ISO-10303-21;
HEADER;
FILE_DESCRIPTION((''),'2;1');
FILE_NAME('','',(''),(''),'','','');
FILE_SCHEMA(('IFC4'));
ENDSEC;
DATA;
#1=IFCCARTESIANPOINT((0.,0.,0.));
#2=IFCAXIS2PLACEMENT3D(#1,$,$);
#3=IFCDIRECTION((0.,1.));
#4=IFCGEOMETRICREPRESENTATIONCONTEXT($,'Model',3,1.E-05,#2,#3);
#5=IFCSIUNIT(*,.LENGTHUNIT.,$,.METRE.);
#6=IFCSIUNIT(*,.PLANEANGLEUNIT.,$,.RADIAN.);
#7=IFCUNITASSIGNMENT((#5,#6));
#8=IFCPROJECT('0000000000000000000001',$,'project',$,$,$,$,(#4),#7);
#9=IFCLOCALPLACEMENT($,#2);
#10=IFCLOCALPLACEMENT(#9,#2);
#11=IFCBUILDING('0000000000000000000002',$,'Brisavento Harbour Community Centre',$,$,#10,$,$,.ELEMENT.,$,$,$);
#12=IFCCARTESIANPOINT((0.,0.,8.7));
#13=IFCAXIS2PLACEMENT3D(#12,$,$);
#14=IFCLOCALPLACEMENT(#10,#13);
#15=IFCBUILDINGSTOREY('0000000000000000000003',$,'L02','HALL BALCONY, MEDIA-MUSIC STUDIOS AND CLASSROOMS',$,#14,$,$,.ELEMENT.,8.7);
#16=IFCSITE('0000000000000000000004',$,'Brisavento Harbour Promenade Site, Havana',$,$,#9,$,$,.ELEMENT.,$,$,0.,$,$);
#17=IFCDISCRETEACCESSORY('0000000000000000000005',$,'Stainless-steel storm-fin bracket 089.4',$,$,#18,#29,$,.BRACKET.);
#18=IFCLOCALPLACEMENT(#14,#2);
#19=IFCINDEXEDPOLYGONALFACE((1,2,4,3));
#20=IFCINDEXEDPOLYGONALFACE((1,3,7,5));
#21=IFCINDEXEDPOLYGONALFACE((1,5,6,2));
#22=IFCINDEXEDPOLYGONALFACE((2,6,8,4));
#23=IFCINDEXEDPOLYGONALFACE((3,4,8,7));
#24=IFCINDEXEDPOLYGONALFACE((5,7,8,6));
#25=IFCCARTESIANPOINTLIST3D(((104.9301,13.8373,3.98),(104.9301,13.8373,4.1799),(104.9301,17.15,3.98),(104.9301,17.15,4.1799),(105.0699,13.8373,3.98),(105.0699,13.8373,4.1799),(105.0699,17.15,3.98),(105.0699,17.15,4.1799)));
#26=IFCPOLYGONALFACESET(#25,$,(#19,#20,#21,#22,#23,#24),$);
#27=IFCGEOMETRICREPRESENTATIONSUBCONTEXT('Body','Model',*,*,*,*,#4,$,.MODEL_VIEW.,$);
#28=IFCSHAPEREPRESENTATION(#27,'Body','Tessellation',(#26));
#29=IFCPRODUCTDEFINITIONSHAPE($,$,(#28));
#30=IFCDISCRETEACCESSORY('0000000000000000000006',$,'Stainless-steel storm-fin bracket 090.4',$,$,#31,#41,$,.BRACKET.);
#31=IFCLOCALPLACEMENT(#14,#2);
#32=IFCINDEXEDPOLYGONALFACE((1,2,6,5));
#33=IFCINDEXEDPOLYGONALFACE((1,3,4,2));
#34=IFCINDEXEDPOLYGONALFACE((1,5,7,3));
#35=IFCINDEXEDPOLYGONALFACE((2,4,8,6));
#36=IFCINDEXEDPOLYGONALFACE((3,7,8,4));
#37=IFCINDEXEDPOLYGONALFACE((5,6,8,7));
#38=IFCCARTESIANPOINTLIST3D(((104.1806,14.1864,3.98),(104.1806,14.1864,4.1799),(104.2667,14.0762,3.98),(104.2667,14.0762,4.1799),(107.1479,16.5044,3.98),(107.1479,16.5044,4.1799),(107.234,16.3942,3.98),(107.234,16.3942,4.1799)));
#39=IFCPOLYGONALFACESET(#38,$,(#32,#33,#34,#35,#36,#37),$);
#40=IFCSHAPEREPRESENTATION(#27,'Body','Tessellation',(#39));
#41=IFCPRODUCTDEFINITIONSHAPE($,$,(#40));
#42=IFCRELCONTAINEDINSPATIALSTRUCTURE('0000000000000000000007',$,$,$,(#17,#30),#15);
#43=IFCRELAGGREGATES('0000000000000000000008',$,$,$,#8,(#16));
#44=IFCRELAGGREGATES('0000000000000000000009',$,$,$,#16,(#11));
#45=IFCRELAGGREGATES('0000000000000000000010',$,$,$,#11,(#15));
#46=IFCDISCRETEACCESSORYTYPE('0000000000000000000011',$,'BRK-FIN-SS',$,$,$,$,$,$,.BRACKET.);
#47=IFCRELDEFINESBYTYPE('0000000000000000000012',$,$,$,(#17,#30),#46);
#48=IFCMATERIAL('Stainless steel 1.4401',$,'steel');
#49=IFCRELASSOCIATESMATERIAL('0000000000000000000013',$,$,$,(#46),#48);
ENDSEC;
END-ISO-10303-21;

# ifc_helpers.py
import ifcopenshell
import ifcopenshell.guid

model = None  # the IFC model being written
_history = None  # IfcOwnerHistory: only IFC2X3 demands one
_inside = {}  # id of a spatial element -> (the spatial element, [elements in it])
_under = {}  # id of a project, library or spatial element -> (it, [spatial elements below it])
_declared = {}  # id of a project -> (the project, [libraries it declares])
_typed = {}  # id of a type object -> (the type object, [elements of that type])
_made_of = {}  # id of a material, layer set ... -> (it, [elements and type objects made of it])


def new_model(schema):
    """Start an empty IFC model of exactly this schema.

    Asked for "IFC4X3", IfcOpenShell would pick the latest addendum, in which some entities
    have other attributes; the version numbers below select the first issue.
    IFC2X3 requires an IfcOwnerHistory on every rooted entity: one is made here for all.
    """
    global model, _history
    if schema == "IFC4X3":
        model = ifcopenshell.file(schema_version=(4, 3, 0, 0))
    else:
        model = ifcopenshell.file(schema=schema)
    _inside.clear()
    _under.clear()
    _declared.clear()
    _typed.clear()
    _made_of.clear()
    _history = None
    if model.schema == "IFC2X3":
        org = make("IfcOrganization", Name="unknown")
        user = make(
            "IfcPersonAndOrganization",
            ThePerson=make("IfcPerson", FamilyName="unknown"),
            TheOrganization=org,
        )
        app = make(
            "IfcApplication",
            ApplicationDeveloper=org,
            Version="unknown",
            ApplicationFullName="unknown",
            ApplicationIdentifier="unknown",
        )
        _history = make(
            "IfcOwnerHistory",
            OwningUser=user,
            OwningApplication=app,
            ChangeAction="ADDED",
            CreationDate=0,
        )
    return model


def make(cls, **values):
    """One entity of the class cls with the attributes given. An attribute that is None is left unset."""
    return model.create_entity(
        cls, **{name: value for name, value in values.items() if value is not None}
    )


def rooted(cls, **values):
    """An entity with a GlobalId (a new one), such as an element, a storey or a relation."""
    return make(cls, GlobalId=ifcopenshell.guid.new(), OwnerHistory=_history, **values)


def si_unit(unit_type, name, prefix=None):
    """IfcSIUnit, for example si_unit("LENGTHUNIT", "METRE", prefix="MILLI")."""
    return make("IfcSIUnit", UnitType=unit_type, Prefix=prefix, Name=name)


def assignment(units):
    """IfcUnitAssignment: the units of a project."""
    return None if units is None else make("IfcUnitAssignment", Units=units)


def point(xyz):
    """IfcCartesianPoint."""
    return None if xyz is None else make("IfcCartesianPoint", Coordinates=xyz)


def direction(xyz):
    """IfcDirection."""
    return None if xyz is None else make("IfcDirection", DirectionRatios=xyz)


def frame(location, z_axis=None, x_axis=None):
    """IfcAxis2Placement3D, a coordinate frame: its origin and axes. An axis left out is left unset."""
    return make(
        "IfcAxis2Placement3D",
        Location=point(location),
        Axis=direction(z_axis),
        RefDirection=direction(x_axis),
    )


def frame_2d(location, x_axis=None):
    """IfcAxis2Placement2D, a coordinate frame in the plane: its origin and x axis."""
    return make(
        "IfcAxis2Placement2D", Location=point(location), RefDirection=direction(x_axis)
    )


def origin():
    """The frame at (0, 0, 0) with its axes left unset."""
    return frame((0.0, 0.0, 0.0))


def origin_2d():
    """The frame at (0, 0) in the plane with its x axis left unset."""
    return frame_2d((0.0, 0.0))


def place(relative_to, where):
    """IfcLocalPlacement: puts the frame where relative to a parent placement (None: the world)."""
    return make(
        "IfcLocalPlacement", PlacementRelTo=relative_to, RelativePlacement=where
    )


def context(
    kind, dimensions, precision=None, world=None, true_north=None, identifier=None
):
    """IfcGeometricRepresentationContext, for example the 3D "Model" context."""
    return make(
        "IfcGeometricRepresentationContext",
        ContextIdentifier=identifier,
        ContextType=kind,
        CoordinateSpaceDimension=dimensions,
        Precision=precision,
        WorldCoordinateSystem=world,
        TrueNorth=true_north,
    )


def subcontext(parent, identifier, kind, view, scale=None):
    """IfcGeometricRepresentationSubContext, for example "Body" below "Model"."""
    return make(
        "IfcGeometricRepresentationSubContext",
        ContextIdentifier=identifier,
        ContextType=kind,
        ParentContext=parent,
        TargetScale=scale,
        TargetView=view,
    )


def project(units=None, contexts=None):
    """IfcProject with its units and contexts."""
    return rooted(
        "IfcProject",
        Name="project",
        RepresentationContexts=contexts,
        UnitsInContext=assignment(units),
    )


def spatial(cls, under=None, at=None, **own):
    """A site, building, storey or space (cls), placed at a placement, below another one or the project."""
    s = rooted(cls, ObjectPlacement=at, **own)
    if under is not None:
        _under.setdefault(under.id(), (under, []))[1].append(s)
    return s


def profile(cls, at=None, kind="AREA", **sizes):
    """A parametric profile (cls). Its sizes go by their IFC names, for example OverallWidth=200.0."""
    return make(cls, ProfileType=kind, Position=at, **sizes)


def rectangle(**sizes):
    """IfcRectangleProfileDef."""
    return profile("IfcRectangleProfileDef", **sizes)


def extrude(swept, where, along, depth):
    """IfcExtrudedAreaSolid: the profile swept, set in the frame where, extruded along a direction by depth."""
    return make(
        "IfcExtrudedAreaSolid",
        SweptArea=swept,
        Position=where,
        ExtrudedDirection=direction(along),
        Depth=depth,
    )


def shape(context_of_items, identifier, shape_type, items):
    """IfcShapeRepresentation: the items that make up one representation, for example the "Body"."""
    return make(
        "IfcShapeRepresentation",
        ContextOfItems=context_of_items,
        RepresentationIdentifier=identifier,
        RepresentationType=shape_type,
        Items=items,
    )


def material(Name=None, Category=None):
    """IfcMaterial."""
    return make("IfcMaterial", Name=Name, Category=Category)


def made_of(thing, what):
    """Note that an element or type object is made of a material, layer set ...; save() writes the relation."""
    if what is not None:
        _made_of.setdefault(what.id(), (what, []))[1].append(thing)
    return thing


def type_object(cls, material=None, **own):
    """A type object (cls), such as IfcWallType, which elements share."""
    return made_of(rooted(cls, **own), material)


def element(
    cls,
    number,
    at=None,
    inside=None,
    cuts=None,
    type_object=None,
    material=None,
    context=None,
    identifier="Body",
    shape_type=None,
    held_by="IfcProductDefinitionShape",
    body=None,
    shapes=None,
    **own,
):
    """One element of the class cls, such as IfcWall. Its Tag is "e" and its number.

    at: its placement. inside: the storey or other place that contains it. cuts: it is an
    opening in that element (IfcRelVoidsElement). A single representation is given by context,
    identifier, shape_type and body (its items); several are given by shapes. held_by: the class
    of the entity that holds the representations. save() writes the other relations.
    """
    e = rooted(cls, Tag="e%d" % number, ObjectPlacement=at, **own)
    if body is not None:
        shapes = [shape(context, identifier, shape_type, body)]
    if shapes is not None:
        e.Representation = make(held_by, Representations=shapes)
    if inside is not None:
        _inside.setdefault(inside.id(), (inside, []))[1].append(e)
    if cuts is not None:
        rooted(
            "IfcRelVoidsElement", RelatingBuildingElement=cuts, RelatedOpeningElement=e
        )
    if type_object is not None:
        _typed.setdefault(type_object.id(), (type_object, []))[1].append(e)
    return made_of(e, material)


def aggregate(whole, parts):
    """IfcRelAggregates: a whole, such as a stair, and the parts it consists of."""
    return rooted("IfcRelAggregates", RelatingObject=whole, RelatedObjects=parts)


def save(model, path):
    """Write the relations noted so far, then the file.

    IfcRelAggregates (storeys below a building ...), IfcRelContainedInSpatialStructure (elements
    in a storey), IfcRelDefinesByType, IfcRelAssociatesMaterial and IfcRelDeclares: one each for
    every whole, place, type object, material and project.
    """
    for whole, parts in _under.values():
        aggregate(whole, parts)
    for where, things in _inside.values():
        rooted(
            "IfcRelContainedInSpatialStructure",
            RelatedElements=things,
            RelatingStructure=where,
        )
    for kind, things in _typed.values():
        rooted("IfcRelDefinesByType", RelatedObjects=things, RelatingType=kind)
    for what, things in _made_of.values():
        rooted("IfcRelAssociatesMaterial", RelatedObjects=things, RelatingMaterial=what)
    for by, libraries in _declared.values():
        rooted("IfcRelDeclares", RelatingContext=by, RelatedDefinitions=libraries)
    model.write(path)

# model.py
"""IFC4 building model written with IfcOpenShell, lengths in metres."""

from ifc_helpers import new_model, si_unit, direction, frame, origin, origin_2d, place, context, subcontext, project, spatial, rectangle, extrude, material, type_object, element, save


model = new_model("IFC4")

# Units and contexts
model_context = context("Model", 3, precision=1e-05, world=origin(), true_north=direction((0.0, 1.0)))
body_context = subcontext(model_context, "Body", "Model", "MODEL_VIEW")
ifc_project = project(units=[si_unit("LENGTHUNIT", "METRE"), si_unit("PLANEANGLEUNIT", "RADIAN")], contexts=[model_context])

# Site, building, storey
site_placement = place(None, origin())
site = spatial("IfcSite", under=ifc_project, at=site_placement, Name="Brisavento Harbour Promenade Site, Havana", CompositionType="ELEMENT", RefElevation=0.0)
building_placement = place(site_placement, origin())
building = spatial("IfcBuilding", under=site, at=building_placement, Name="Brisavento Harbour Community Centre", CompositionType="ELEMENT")
storey_placement = place(building_placement, frame((0.0, 0.0, 8.7)))
storey = spatial("IfcBuildingStorey", under=building, at=storey_placement, Name="L02", Description="HALL BALCONY, MEDIA-MUSIC STUDIOS AND CLASSROOMS", CompositionType="ELEMENT", Elevation=8.7)

# Discrete accessories
ifc_material_1 = material(Name="Stainless steel 1.4401", Category="steel")
discrete_accessory_type = type_object("IfcDiscreteAccessoryType", Name="BRK-FIN-SS", PredefinedType="BRACKET", material=ifc_material_1)
discrete_accessory_1_placement = place(storey_placement, frame((105.0, 15.4937, 3.98), z_axis=(0.0, 0.0, 1.0), x_axis=(0.0, -1.0, 0.0)))
element("IfcDiscreteAccessory", 1, at=discrete_accessory_1_placement, inside=storey, type_object=discrete_accessory_type, Name="Stainless-steel storm-fin bracket 089.4", PredefinedType="BRACKET", context=body_context, shape_type="SweptSolid", body=[
    extrude(rectangle(XDim=3.3127, YDim=0.1399, at=origin_2d()), origin(), (0.0, 0.0, 1.0), 0.2),
])
discrete_accessory_2_placement = place(storey_placement, frame((105.7073, 15.2903, 3.98), z_axis=(0.0, 0.0, 1.0), x_axis=(-0.788054, -0.615606, 0.0)))
element("IfcDiscreteAccessory", 2, at=discrete_accessory_2_placement, inside=storey, type_object=discrete_accessory_type, Name="Stainless-steel storm-fin bracket 090.4", PredefinedType="BRACKET", context=body_context, shape_type="SweptSolid", body=[
    extrude(rectangle(XDim=3.7654, YDim=0.1399, at=origin_2d()), origin(), (0.0, 0.0, 1.0), 0.2),
])

save(model, "model.ifc")
